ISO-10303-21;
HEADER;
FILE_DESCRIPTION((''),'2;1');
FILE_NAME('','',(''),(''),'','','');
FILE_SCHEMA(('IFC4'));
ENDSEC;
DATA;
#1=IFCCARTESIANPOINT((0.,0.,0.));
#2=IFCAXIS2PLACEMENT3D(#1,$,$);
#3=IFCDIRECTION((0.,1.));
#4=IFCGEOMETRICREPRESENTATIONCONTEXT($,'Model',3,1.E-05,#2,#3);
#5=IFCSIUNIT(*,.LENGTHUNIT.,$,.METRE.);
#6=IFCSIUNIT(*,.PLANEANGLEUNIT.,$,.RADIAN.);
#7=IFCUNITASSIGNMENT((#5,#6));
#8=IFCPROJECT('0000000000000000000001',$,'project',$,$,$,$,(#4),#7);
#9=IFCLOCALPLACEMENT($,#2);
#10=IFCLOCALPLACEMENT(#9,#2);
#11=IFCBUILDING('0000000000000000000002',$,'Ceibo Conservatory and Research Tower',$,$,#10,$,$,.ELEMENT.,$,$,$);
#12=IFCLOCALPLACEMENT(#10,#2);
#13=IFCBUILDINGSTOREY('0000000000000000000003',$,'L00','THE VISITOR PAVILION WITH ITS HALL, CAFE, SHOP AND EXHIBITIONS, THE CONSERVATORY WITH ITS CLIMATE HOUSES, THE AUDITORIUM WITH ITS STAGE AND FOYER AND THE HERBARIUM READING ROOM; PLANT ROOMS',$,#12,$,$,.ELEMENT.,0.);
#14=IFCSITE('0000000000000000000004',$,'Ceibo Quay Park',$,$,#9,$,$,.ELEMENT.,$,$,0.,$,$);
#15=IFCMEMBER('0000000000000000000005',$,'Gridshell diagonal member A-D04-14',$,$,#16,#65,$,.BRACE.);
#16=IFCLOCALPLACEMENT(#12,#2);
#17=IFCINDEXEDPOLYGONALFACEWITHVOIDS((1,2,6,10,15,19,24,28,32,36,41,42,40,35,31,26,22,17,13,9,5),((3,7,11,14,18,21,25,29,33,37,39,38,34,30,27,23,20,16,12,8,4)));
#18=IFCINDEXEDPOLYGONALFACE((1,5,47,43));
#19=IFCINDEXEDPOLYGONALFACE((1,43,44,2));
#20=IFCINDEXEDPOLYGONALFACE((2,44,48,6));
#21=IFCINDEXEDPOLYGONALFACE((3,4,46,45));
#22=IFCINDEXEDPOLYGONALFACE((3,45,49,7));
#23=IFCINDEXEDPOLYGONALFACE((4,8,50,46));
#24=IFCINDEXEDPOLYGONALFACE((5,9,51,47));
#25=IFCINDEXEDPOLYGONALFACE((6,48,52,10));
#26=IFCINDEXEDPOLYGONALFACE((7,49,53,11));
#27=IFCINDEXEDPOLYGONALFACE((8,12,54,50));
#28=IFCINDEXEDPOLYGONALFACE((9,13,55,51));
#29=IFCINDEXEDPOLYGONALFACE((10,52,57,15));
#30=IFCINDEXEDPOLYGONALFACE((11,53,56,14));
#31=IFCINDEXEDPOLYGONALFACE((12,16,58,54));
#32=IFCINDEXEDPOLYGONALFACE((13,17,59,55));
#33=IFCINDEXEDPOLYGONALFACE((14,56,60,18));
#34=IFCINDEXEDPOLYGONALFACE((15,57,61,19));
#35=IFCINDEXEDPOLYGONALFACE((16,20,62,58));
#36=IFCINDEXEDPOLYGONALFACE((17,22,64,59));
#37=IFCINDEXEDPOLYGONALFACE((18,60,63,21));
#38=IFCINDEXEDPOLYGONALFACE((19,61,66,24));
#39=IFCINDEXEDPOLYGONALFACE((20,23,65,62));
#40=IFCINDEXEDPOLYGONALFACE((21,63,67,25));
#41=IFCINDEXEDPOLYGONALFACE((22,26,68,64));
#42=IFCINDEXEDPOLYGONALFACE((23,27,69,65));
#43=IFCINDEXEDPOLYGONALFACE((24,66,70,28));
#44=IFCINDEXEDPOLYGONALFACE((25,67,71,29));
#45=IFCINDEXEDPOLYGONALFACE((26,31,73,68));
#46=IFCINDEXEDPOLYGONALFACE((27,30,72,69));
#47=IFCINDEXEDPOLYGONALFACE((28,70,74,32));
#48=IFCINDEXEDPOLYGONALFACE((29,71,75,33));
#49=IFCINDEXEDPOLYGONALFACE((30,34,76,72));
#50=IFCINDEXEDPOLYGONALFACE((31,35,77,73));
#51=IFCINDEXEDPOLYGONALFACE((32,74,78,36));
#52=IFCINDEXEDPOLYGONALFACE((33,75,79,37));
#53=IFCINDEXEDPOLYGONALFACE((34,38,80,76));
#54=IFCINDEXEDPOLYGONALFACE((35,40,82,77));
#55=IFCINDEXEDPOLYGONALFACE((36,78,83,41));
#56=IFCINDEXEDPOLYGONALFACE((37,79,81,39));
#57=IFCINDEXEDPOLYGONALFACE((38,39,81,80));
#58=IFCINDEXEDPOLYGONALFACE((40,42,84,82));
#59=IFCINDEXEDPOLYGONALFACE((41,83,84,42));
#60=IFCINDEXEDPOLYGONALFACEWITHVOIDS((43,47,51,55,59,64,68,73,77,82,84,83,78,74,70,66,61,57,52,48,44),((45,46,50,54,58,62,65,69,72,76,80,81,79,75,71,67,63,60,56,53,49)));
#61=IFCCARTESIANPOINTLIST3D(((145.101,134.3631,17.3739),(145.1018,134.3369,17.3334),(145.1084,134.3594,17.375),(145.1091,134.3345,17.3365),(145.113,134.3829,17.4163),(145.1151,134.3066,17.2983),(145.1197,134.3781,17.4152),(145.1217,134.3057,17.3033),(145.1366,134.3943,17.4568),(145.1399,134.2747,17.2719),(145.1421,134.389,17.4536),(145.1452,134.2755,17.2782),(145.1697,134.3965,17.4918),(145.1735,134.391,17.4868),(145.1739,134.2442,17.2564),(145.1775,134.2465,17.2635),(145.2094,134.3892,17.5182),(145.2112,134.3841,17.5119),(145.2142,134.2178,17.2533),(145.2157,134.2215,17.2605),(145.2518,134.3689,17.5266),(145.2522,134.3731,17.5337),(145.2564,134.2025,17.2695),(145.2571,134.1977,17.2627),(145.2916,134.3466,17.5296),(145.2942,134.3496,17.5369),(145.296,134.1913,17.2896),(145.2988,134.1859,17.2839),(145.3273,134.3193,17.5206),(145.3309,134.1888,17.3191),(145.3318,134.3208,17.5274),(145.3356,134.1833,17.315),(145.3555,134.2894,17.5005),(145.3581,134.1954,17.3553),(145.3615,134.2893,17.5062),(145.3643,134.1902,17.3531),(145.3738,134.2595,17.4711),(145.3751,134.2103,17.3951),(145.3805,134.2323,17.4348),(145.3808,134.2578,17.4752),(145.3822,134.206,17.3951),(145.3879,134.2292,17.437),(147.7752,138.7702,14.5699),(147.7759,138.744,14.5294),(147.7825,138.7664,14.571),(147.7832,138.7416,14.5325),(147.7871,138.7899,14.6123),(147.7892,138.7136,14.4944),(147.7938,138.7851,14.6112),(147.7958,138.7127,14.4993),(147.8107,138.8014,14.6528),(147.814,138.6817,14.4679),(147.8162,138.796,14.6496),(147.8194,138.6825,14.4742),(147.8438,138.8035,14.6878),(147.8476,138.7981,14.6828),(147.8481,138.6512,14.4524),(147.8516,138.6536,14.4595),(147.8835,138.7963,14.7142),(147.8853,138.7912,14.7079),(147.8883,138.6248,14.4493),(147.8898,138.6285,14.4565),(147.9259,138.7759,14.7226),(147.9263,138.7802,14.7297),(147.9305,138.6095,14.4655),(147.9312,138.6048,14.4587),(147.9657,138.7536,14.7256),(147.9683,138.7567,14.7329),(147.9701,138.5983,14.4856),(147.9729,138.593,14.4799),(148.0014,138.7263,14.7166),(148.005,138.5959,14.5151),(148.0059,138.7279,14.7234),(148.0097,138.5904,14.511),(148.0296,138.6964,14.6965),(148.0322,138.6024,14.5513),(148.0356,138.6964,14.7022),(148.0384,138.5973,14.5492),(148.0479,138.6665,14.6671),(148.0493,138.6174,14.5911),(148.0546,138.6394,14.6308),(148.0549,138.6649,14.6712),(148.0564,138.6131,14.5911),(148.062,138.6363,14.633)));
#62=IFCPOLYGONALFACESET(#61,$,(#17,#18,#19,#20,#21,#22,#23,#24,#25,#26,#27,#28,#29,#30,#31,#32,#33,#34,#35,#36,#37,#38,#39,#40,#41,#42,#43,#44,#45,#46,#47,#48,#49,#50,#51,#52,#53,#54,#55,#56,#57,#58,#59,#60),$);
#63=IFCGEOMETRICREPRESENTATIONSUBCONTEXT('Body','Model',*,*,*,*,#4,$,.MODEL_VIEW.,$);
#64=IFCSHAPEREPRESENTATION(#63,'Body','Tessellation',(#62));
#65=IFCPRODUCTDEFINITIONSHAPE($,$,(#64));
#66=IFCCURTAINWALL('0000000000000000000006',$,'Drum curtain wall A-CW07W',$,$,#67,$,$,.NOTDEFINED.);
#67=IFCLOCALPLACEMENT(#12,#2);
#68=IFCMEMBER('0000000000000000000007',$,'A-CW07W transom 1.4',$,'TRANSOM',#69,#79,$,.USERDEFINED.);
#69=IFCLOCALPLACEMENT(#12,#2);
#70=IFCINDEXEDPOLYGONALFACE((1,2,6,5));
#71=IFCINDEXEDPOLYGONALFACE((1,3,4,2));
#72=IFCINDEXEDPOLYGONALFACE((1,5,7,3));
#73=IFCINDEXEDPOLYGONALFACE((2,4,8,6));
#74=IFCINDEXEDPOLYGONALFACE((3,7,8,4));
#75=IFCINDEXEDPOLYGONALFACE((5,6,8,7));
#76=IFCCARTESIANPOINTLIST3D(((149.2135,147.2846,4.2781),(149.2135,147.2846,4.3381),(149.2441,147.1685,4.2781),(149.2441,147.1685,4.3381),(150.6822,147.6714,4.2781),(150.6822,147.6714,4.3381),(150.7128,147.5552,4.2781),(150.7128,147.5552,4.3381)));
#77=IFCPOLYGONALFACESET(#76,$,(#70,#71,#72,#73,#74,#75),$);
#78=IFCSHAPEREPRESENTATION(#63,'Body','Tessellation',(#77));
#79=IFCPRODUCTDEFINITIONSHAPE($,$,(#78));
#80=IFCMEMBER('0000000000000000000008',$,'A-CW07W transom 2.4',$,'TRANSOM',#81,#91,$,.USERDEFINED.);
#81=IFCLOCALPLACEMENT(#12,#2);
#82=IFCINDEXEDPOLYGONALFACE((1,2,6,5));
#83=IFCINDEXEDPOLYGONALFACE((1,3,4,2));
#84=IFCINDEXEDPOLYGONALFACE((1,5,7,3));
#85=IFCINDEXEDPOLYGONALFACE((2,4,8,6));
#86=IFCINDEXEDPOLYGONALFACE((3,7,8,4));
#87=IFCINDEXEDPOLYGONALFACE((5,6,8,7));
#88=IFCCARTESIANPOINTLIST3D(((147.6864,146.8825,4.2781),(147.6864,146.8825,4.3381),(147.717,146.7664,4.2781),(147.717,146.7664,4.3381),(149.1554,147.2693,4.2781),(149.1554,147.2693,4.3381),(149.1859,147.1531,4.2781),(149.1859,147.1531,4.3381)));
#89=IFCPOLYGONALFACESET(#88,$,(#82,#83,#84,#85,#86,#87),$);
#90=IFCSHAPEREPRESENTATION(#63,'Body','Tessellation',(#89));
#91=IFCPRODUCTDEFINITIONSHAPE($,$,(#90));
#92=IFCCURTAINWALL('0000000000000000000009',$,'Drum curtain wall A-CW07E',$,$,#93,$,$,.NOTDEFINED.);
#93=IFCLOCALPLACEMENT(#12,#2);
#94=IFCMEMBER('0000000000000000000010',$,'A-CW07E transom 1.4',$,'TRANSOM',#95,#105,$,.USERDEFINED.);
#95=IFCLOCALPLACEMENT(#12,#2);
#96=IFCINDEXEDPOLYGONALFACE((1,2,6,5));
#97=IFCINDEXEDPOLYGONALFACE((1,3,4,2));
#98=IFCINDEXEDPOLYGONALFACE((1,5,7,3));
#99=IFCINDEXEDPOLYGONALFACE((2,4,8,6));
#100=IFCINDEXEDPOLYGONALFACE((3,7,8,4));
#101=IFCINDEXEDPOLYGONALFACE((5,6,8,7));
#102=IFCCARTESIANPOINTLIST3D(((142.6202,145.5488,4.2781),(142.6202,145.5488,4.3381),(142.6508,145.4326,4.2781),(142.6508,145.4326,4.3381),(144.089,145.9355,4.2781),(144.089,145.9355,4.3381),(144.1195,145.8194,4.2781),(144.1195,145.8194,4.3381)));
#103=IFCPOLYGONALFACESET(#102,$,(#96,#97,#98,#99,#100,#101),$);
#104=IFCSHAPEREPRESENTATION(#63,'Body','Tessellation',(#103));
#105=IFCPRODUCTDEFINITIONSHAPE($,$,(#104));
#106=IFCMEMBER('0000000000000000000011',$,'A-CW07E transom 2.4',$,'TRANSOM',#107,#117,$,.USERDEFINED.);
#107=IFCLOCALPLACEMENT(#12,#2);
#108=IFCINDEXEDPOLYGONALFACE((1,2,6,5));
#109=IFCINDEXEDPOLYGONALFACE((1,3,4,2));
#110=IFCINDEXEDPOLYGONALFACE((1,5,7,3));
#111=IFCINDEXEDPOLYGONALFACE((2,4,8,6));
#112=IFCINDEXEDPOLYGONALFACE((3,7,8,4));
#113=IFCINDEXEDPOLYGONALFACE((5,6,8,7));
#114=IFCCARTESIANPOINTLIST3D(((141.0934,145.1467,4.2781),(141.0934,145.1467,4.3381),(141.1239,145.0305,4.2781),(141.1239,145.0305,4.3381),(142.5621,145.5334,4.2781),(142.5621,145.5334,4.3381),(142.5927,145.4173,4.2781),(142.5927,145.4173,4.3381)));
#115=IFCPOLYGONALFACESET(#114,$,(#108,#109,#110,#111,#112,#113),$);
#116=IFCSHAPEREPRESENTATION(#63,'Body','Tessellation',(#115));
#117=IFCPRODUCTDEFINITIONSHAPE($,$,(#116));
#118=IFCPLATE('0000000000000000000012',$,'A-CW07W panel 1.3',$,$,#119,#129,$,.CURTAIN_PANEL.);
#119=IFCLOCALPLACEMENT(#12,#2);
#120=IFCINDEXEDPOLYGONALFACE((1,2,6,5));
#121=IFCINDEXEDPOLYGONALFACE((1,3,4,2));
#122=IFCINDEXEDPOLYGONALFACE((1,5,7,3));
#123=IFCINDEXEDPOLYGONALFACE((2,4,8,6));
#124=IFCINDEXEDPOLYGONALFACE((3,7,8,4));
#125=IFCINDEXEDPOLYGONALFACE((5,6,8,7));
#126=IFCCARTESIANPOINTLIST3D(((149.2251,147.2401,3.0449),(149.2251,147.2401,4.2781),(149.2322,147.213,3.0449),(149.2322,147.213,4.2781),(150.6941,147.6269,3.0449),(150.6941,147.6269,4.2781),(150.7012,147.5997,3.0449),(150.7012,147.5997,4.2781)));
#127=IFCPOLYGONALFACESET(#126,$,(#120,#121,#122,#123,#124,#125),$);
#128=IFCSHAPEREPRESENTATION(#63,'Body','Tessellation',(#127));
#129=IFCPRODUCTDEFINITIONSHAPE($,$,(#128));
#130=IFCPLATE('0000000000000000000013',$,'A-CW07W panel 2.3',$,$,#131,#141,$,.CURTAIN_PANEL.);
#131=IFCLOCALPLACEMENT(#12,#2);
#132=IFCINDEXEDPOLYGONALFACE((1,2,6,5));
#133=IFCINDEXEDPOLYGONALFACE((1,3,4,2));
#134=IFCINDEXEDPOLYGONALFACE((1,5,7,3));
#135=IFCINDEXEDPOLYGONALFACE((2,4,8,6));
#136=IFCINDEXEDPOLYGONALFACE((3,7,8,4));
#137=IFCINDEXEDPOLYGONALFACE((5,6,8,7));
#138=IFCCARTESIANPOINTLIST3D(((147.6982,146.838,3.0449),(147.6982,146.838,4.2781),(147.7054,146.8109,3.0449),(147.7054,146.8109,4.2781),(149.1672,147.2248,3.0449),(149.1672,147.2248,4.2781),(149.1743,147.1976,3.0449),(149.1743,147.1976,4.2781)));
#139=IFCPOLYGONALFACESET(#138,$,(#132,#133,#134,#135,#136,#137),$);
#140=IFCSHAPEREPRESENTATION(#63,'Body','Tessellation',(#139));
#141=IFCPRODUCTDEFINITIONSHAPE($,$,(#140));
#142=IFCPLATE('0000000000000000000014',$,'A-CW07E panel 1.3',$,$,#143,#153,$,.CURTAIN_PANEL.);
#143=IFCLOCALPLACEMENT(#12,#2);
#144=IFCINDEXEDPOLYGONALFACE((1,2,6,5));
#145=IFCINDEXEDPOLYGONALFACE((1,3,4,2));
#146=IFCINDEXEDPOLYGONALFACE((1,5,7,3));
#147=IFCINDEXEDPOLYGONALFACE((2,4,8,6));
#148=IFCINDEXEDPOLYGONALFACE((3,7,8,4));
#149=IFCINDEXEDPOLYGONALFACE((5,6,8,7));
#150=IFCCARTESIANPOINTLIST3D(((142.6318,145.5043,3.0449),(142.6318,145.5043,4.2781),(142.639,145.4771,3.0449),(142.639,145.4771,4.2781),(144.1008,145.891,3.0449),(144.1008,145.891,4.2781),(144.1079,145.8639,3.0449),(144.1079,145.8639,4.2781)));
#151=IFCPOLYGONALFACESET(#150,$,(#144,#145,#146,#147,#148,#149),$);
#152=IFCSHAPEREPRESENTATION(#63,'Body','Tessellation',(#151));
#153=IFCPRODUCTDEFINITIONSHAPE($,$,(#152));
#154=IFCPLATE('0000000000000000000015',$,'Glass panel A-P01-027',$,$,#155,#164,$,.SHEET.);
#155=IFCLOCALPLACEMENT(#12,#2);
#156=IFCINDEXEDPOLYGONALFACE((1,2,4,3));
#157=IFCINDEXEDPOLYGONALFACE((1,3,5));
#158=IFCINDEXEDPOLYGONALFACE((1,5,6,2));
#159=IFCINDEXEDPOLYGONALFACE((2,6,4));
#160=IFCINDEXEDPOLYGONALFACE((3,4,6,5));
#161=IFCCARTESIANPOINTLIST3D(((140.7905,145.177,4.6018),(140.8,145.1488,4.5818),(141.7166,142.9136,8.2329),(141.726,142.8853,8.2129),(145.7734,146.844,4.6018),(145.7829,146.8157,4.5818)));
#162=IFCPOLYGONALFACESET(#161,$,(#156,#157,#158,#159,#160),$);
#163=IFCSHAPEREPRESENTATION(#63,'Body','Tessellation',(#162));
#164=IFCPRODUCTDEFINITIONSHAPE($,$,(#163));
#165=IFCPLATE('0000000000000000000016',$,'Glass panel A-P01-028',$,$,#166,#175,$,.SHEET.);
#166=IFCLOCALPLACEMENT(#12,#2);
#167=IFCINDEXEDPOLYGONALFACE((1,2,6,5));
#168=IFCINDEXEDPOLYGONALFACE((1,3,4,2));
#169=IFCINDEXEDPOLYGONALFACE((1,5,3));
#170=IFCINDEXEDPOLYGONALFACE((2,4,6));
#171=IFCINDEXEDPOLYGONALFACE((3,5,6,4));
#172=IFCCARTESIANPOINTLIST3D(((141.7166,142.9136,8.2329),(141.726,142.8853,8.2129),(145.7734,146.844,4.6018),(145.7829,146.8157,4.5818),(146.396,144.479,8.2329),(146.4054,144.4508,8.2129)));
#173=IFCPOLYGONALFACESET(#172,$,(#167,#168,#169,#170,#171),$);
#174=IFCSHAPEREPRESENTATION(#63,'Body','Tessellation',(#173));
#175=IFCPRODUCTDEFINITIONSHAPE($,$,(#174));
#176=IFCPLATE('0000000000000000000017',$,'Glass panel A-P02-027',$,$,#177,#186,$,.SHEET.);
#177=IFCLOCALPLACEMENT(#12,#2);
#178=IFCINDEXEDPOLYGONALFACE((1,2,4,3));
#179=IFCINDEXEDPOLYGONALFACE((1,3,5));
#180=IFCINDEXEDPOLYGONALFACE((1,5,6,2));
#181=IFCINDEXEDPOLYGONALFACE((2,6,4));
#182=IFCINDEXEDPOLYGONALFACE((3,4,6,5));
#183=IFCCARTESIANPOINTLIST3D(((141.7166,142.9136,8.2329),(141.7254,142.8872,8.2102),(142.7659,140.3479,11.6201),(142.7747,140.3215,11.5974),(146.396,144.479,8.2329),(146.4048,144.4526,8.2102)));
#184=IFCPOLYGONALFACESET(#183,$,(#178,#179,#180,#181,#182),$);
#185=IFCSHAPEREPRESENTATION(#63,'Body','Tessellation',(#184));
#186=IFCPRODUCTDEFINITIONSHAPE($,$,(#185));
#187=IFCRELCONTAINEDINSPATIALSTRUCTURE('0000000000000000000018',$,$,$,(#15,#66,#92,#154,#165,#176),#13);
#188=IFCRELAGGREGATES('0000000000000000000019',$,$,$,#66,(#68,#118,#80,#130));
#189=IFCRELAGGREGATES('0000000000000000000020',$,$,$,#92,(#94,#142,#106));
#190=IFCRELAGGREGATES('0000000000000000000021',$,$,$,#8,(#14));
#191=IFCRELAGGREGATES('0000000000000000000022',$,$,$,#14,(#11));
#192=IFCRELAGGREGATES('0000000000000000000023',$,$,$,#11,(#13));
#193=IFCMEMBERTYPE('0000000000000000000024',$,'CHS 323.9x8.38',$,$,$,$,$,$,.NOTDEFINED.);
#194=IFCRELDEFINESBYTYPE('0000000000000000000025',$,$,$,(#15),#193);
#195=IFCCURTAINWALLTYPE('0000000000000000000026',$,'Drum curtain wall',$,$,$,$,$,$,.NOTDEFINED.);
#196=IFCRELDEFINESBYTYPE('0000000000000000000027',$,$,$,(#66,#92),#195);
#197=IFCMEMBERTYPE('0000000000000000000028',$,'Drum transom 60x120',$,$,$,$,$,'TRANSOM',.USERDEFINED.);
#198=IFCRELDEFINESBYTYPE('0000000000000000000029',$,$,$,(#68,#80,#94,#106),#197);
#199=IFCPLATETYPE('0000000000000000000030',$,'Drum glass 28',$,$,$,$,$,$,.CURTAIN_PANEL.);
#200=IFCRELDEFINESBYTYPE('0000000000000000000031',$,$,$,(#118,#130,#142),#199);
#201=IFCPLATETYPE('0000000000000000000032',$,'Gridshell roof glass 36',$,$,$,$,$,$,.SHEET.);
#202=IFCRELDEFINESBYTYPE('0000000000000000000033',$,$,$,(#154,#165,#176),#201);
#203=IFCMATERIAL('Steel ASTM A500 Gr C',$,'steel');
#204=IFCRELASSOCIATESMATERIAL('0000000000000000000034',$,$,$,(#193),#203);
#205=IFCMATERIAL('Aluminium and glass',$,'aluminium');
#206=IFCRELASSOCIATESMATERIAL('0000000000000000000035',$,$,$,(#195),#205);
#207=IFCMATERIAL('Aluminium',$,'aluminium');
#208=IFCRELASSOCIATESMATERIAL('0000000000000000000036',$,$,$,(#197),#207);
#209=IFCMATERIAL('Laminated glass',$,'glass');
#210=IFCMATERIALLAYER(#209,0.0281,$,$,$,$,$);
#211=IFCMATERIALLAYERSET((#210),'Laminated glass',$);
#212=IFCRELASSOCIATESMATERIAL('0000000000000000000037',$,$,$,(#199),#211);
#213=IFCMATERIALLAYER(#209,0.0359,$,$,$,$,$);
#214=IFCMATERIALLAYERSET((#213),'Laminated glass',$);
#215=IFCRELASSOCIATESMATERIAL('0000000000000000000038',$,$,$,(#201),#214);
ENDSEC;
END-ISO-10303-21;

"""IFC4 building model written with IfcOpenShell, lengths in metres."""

from ifc_helpers import new_model, si_unit, direction, frame, origin, origin_2d, place, context, subcontext, project, spatial, polyline, rectangle, hollow_circle, outline, extrude, material, layer, layer_set, material_profile, profile_set, type_object, element, aggregate, save


model = new_model("IFC4")

# Units and contexts
model_context = context("Model", 3, precision=1e-05, world=origin(), true_north=direction((0.0, 1.0)))
body_context = subcontext(model_context, "Body", "Model", "MODEL_VIEW")
ifc_project = project(units=[si_unit("LENGTHUNIT", "METRE"), si_unit("PLANEANGLEUNIT", "RADIAN")], contexts=[model_context])

# Site, building, storey
site_placement = place(None, origin())
site = spatial("IfcSite", under=ifc_project, at=site_placement, Name="Ceibo Quay Park", CompositionType="ELEMENT", RefElevation=0.0)
building_placement = place(site_placement, origin())
building = spatial("IfcBuilding", under=site, at=building_placement, Name="Ceibo Conservatory and Research Tower", CompositionType="ELEMENT")
storey_placement = place(building_placement, origin())
storey = spatial("IfcBuildingStorey", under=building, at=storey_placement, Name="L00", Description="THE VISITOR PAVILION WITH ITS HALL, CAFE, SHOP AND EXHIBITIONS, THE CONSERVATORY WITH ITS CLIMATE HOUSES, THE AUDITORIUM WITH ITS STAGE AND FOYER AND THE HERBARIUM READING ROOM; PLANT ROOMS", CompositionType="ELEMENT", Elevation=0.0)

# Member
ifc_material_1 = material(Name="Steel ASTM A500 Gr C", Category="steel")
ifc_material_profile_1 = material_profile(ifc_material_1, hollow_circle(Radius=0.1619, WallThickness=0.0083, at=origin_2d()), Name="CHS 323.9x8.38")
ifc_profile_set_1 = profile_set([ifc_material_profile_1], Name="Steel ASTM A500 Gr C")
member_type_1 = type_object("IfcMemberType", Name="CHS 323.9x8.38", PredefinedType="NOTDEFINED", material=ifc_profile_set_1)
member_1_placement = place(storey_placement, frame((147.918, 138.697, 14.5911), z_axis=(-0.455698, -0.75101, 0.477832), x_axis=(0.854925, -0.518752, 0.0)))
element("IfcMember", 1, at=member_1_placement, inside=storey, type_object=member_type_1, Name="Gridshell diagonal member A-D04-14", PredefinedType="BRACE", context=body_context, shape_type="SweptSolid", body=[
    extrude(hollow_circle(Radius=0.1619, WallThickness=0.0083, at=origin_2d()), origin(), (0.0, 0.0, 1.0), 5.8682),
])

# Curtain walls, members
ifc_material_2 = material(Name="Aluminium and glass", Category="aluminium")
curtain_wall_type = type_object("IfcCurtainWallType", Name="Drum curtain wall", PredefinedType="NOTDEFINED", material=ifc_material_2)
curtain_wall_1_placement = place(storey_placement, origin())
curtain_wall_1 = element("IfcCurtainWall", 2, at=curtain_wall_1_placement, inside=storey, type_object=curtain_wall_type, Name="Drum curtain wall A-CW07W", PredefinedType="NOTDEFINED")
ifc_material_3 = material(Name="Aluminium", Category="aluminium")
ifc_material_profile_2 = material_profile(ifc_material_3, rectangle(XDim=0.1201, YDim=0.0601, at=origin_2d()), Name="AL 60x120")
ifc_profile_set_2 = profile_set([ifc_material_profile_2], Name="Aluminium")
member_type_2 = type_object("IfcMemberType", Name="Drum transom 60x120", ElementType="TRANSOM", PredefinedType="USERDEFINED", material=ifc_profile_set_2)
member_2_placement = place(storey_placement, frame((150.6975, 147.6133, 4.3081), z_axis=(-0.967041, -0.25462, 0.0), x_axis=(0.25462, -0.967041, 0.0)))
member_2 = element("IfcMember", 3, at=member_2_placement, type_object=member_type_2, Name="A-CW07W transom 1.4", ObjectType="TRANSOM", PredefinedType="USERDEFINED", context=body_context, shape_type="SweptSolid", body=[
    extrude(rectangle(XDim=0.1201, YDim=0.0601, at=origin_2d()), origin(), (0.0, 0.0, 1.0), 1.5188),
])
member_3_placement = place(storey_placement, frame((149.1707, 147.2112, 4.3081), z_axis=(-0.967052, -0.25458, 0.0), x_axis=(0.25458, -0.967052, 0.0)))
member_3 = element("IfcMember", 4, at=member_3_placement, type_object=member_type_2, Name="A-CW07W transom 2.4", ObjectType="TRANSOM", PredefinedType="USERDEFINED", context=body_context, shape_type="SweptSolid", body=[
    extrude(rectangle(XDim=0.1201, YDim=0.0601, at=origin_2d()), origin(), (0.0, 0.0, 1.0), 1.519),
])
curtain_wall_2_placement = place(storey_placement, origin())
curtain_wall_2 = element("IfcCurtainWall", 5, at=curtain_wall_2_placement, inside=storey, type_object=curtain_wall_type, Name="Drum curtain wall A-CW07E", PredefinedType="NOTDEFINED")
member_4_placement = place(storey_placement, frame((144.1042, 145.8774, 4.3081), z_axis=(-0.967041, -0.25462, 0.0), x_axis=(0.25462, -0.967041, 0.0)))
member_4 = element("IfcMember", 6, at=member_4_placement, type_object=member_type_2, Name="A-CW07E transom 1.4", ObjectType="TRANSOM", PredefinedType="USERDEFINED", context=body_context, shape_type="SweptSolid", body=[
    extrude(rectangle(XDim=0.1201, YDim=0.0601, at=origin_2d()), origin(), (0.0, 0.0, 1.0), 1.5188),
])
member_5_placement = place(storey_placement, frame((142.5774, 145.4753, 4.3081), z_axis=(-0.967041, -0.25462, 0.0), x_axis=(0.25462, -0.967041, 0.0)))
member_5 = element("IfcMember", 7, at=member_5_placement, type_object=member_type_2, Name="A-CW07E transom 2.4", ObjectType="TRANSOM", PredefinedType="USERDEFINED", context=body_context, shape_type="SweptSolid", body=[
    extrude(rectangle(XDim=0.1201, YDim=0.0601, at=origin_2d()), origin(), (0.0, 0.0, 1.0), 1.5188),
])

# Plates
ifc_material_4 = material(Name="Laminated glass", Category="glass")
ifc_layer_1 = layer(ifc_material_4, 0.0281)
ifc_layer_set_1 = layer_set([ifc_layer_1], Name="Laminated glass")
plate_type_1 = type_object("IfcPlateType", Name="Drum glass 28", PredefinedType="CURTAIN_PANEL", material=ifc_layer_set_1)
plate_1_placement = place(storey_placement, frame((149.9631, 147.4199, 3.0449), z_axis=(0.0, 0.0, 1.0), x_axis=(-0.967046, -0.254602, 0.0)))
plate_1 = element("IfcPlate", 8, at=plate_1_placement, type_object=plate_type_1, Name="A-CW07W panel 1.3", PredefinedType="CURTAIN_PANEL", context=body_context, shape_type="SweptSolid", body=[
    extrude(rectangle(XDim=1.519, YDim=0.0281, at=origin_2d()), origin(), (0.0, 0.0, 1.0), 1.2332),
])
plate_2_placement = place(storey_placement, frame((148.4363, 147.0178, 3.0449), z_axis=(0.0, 0.0, 1.0), x_axis=(-0.967046, -0.254602, 0.0)))
plate_2 = element("IfcPlate", 9, at=plate_2_placement, type_object=plate_type_1, Name="A-CW07W panel 2.3", PredefinedType="CURTAIN_PANEL", context=body_context, shape_type="SweptSolid", body=[
    extrude(rectangle(XDim=1.519, YDim=0.0281, at=origin_2d()), origin(), (0.0, 0.0, 1.0), 1.2332),
])
aggregate(curtain_wall_1, [member_2, plate_1, member_3, plate_2])
plate_3_placement = place(storey_placement, frame((143.3699, 145.6841, 3.0449), z_axis=(0.0, 0.0, 1.0), x_axis=(-0.967046, -0.254602, 0.0)))
plate_3 = element("IfcPlate", 10, at=plate_3_placement, type_object=plate_type_1, Name="A-CW07E panel 1.3", PredefinedType="CURTAIN_PANEL", context=body_context, shape_type="SweptSolid", body=[
    extrude(rectangle(XDim=1.519, YDim=0.0281, at=origin_2d()), origin(), (0.0, 0.0, 1.0), 1.2332),
])
aggregate(curtain_wall_2, [member_4, plate_3, member_5])

# Plates
ifc_layer_2 = layer(ifc_material_4, 0.0359)
ifc_layer_set_2 = layer_set([ifc_layer_2], Name="Laminated glass")
plate_type_2 = type_object("IfcPlateType", Name="Gridshell roof glass 36", PredefinedType="SHEET", material=ifc_layer_set_2)
plate_4_placement = place(storey_placement, frame((145.7734, 146.844, 4.6018), z_axis=(-0.263319, 0.787104, 0.55779), x_axis=(-0.948339, -0.317259, 0.0)))
element("IfcPlate", 11, at=plate_4_placement, inside=storey, type_object=plate_type_2, Name="Glass panel A-P01-027", PredefinedType="SHEET", context=body_context, shape_type="SweptSolid", body=[
    extrude(outline(polyline([(0.0, 0.0), (5.2544, 0.0), (5.0943, 4.3749), (0.0, 0.0)])), origin(), (0.0, 0.0, -1.0), 0.0359),
])
plate_5_placement = place(storey_placement, frame((145.7734, 146.844, 4.6018), z_axis=(-0.263312, 0.787102, 0.557796), x_axis=(-0.604151, -0.585318, 0.540744)))
element("IfcPlate", 12, at=plate_5_placement, inside=storey, type_object=plate_type_2, Name="Glass panel A-P01-028", PredefinedType="SHEET", context=body_context, shape_type="SweptSolid", body=[
    extrude(outline(polyline([(0.0, 0.0), (6.715, 0.0), (2.9716, 3.2148), (0.0, 0.0)])), origin(), (0.0, 0.0, -1.0), 0.0359),
])
plate_6_placement = place(storey_placement, frame((146.396, 144.479, 8.2329), z_axis=(-0.245728, 0.734541, 0.632509), x_axis=(-0.948341, -0.317252, 0.0)))
element("IfcPlate", 13, at=plate_6_placement, inside=storey, type_object=plate_type_2, Name="Glass panel A-P02-027", PredefinedType="SHEET", context=body_context, shape_type="SweptSolid", body=[
    extrude(outline(polyline([(0.0, 0.0), (4.9343, 0.0), (4.7532, 4.3731), (0.0, 0.0)])), origin(), (0.0, 0.0, -1.0), 0.0359),
])

save(model, "model.ifc")
